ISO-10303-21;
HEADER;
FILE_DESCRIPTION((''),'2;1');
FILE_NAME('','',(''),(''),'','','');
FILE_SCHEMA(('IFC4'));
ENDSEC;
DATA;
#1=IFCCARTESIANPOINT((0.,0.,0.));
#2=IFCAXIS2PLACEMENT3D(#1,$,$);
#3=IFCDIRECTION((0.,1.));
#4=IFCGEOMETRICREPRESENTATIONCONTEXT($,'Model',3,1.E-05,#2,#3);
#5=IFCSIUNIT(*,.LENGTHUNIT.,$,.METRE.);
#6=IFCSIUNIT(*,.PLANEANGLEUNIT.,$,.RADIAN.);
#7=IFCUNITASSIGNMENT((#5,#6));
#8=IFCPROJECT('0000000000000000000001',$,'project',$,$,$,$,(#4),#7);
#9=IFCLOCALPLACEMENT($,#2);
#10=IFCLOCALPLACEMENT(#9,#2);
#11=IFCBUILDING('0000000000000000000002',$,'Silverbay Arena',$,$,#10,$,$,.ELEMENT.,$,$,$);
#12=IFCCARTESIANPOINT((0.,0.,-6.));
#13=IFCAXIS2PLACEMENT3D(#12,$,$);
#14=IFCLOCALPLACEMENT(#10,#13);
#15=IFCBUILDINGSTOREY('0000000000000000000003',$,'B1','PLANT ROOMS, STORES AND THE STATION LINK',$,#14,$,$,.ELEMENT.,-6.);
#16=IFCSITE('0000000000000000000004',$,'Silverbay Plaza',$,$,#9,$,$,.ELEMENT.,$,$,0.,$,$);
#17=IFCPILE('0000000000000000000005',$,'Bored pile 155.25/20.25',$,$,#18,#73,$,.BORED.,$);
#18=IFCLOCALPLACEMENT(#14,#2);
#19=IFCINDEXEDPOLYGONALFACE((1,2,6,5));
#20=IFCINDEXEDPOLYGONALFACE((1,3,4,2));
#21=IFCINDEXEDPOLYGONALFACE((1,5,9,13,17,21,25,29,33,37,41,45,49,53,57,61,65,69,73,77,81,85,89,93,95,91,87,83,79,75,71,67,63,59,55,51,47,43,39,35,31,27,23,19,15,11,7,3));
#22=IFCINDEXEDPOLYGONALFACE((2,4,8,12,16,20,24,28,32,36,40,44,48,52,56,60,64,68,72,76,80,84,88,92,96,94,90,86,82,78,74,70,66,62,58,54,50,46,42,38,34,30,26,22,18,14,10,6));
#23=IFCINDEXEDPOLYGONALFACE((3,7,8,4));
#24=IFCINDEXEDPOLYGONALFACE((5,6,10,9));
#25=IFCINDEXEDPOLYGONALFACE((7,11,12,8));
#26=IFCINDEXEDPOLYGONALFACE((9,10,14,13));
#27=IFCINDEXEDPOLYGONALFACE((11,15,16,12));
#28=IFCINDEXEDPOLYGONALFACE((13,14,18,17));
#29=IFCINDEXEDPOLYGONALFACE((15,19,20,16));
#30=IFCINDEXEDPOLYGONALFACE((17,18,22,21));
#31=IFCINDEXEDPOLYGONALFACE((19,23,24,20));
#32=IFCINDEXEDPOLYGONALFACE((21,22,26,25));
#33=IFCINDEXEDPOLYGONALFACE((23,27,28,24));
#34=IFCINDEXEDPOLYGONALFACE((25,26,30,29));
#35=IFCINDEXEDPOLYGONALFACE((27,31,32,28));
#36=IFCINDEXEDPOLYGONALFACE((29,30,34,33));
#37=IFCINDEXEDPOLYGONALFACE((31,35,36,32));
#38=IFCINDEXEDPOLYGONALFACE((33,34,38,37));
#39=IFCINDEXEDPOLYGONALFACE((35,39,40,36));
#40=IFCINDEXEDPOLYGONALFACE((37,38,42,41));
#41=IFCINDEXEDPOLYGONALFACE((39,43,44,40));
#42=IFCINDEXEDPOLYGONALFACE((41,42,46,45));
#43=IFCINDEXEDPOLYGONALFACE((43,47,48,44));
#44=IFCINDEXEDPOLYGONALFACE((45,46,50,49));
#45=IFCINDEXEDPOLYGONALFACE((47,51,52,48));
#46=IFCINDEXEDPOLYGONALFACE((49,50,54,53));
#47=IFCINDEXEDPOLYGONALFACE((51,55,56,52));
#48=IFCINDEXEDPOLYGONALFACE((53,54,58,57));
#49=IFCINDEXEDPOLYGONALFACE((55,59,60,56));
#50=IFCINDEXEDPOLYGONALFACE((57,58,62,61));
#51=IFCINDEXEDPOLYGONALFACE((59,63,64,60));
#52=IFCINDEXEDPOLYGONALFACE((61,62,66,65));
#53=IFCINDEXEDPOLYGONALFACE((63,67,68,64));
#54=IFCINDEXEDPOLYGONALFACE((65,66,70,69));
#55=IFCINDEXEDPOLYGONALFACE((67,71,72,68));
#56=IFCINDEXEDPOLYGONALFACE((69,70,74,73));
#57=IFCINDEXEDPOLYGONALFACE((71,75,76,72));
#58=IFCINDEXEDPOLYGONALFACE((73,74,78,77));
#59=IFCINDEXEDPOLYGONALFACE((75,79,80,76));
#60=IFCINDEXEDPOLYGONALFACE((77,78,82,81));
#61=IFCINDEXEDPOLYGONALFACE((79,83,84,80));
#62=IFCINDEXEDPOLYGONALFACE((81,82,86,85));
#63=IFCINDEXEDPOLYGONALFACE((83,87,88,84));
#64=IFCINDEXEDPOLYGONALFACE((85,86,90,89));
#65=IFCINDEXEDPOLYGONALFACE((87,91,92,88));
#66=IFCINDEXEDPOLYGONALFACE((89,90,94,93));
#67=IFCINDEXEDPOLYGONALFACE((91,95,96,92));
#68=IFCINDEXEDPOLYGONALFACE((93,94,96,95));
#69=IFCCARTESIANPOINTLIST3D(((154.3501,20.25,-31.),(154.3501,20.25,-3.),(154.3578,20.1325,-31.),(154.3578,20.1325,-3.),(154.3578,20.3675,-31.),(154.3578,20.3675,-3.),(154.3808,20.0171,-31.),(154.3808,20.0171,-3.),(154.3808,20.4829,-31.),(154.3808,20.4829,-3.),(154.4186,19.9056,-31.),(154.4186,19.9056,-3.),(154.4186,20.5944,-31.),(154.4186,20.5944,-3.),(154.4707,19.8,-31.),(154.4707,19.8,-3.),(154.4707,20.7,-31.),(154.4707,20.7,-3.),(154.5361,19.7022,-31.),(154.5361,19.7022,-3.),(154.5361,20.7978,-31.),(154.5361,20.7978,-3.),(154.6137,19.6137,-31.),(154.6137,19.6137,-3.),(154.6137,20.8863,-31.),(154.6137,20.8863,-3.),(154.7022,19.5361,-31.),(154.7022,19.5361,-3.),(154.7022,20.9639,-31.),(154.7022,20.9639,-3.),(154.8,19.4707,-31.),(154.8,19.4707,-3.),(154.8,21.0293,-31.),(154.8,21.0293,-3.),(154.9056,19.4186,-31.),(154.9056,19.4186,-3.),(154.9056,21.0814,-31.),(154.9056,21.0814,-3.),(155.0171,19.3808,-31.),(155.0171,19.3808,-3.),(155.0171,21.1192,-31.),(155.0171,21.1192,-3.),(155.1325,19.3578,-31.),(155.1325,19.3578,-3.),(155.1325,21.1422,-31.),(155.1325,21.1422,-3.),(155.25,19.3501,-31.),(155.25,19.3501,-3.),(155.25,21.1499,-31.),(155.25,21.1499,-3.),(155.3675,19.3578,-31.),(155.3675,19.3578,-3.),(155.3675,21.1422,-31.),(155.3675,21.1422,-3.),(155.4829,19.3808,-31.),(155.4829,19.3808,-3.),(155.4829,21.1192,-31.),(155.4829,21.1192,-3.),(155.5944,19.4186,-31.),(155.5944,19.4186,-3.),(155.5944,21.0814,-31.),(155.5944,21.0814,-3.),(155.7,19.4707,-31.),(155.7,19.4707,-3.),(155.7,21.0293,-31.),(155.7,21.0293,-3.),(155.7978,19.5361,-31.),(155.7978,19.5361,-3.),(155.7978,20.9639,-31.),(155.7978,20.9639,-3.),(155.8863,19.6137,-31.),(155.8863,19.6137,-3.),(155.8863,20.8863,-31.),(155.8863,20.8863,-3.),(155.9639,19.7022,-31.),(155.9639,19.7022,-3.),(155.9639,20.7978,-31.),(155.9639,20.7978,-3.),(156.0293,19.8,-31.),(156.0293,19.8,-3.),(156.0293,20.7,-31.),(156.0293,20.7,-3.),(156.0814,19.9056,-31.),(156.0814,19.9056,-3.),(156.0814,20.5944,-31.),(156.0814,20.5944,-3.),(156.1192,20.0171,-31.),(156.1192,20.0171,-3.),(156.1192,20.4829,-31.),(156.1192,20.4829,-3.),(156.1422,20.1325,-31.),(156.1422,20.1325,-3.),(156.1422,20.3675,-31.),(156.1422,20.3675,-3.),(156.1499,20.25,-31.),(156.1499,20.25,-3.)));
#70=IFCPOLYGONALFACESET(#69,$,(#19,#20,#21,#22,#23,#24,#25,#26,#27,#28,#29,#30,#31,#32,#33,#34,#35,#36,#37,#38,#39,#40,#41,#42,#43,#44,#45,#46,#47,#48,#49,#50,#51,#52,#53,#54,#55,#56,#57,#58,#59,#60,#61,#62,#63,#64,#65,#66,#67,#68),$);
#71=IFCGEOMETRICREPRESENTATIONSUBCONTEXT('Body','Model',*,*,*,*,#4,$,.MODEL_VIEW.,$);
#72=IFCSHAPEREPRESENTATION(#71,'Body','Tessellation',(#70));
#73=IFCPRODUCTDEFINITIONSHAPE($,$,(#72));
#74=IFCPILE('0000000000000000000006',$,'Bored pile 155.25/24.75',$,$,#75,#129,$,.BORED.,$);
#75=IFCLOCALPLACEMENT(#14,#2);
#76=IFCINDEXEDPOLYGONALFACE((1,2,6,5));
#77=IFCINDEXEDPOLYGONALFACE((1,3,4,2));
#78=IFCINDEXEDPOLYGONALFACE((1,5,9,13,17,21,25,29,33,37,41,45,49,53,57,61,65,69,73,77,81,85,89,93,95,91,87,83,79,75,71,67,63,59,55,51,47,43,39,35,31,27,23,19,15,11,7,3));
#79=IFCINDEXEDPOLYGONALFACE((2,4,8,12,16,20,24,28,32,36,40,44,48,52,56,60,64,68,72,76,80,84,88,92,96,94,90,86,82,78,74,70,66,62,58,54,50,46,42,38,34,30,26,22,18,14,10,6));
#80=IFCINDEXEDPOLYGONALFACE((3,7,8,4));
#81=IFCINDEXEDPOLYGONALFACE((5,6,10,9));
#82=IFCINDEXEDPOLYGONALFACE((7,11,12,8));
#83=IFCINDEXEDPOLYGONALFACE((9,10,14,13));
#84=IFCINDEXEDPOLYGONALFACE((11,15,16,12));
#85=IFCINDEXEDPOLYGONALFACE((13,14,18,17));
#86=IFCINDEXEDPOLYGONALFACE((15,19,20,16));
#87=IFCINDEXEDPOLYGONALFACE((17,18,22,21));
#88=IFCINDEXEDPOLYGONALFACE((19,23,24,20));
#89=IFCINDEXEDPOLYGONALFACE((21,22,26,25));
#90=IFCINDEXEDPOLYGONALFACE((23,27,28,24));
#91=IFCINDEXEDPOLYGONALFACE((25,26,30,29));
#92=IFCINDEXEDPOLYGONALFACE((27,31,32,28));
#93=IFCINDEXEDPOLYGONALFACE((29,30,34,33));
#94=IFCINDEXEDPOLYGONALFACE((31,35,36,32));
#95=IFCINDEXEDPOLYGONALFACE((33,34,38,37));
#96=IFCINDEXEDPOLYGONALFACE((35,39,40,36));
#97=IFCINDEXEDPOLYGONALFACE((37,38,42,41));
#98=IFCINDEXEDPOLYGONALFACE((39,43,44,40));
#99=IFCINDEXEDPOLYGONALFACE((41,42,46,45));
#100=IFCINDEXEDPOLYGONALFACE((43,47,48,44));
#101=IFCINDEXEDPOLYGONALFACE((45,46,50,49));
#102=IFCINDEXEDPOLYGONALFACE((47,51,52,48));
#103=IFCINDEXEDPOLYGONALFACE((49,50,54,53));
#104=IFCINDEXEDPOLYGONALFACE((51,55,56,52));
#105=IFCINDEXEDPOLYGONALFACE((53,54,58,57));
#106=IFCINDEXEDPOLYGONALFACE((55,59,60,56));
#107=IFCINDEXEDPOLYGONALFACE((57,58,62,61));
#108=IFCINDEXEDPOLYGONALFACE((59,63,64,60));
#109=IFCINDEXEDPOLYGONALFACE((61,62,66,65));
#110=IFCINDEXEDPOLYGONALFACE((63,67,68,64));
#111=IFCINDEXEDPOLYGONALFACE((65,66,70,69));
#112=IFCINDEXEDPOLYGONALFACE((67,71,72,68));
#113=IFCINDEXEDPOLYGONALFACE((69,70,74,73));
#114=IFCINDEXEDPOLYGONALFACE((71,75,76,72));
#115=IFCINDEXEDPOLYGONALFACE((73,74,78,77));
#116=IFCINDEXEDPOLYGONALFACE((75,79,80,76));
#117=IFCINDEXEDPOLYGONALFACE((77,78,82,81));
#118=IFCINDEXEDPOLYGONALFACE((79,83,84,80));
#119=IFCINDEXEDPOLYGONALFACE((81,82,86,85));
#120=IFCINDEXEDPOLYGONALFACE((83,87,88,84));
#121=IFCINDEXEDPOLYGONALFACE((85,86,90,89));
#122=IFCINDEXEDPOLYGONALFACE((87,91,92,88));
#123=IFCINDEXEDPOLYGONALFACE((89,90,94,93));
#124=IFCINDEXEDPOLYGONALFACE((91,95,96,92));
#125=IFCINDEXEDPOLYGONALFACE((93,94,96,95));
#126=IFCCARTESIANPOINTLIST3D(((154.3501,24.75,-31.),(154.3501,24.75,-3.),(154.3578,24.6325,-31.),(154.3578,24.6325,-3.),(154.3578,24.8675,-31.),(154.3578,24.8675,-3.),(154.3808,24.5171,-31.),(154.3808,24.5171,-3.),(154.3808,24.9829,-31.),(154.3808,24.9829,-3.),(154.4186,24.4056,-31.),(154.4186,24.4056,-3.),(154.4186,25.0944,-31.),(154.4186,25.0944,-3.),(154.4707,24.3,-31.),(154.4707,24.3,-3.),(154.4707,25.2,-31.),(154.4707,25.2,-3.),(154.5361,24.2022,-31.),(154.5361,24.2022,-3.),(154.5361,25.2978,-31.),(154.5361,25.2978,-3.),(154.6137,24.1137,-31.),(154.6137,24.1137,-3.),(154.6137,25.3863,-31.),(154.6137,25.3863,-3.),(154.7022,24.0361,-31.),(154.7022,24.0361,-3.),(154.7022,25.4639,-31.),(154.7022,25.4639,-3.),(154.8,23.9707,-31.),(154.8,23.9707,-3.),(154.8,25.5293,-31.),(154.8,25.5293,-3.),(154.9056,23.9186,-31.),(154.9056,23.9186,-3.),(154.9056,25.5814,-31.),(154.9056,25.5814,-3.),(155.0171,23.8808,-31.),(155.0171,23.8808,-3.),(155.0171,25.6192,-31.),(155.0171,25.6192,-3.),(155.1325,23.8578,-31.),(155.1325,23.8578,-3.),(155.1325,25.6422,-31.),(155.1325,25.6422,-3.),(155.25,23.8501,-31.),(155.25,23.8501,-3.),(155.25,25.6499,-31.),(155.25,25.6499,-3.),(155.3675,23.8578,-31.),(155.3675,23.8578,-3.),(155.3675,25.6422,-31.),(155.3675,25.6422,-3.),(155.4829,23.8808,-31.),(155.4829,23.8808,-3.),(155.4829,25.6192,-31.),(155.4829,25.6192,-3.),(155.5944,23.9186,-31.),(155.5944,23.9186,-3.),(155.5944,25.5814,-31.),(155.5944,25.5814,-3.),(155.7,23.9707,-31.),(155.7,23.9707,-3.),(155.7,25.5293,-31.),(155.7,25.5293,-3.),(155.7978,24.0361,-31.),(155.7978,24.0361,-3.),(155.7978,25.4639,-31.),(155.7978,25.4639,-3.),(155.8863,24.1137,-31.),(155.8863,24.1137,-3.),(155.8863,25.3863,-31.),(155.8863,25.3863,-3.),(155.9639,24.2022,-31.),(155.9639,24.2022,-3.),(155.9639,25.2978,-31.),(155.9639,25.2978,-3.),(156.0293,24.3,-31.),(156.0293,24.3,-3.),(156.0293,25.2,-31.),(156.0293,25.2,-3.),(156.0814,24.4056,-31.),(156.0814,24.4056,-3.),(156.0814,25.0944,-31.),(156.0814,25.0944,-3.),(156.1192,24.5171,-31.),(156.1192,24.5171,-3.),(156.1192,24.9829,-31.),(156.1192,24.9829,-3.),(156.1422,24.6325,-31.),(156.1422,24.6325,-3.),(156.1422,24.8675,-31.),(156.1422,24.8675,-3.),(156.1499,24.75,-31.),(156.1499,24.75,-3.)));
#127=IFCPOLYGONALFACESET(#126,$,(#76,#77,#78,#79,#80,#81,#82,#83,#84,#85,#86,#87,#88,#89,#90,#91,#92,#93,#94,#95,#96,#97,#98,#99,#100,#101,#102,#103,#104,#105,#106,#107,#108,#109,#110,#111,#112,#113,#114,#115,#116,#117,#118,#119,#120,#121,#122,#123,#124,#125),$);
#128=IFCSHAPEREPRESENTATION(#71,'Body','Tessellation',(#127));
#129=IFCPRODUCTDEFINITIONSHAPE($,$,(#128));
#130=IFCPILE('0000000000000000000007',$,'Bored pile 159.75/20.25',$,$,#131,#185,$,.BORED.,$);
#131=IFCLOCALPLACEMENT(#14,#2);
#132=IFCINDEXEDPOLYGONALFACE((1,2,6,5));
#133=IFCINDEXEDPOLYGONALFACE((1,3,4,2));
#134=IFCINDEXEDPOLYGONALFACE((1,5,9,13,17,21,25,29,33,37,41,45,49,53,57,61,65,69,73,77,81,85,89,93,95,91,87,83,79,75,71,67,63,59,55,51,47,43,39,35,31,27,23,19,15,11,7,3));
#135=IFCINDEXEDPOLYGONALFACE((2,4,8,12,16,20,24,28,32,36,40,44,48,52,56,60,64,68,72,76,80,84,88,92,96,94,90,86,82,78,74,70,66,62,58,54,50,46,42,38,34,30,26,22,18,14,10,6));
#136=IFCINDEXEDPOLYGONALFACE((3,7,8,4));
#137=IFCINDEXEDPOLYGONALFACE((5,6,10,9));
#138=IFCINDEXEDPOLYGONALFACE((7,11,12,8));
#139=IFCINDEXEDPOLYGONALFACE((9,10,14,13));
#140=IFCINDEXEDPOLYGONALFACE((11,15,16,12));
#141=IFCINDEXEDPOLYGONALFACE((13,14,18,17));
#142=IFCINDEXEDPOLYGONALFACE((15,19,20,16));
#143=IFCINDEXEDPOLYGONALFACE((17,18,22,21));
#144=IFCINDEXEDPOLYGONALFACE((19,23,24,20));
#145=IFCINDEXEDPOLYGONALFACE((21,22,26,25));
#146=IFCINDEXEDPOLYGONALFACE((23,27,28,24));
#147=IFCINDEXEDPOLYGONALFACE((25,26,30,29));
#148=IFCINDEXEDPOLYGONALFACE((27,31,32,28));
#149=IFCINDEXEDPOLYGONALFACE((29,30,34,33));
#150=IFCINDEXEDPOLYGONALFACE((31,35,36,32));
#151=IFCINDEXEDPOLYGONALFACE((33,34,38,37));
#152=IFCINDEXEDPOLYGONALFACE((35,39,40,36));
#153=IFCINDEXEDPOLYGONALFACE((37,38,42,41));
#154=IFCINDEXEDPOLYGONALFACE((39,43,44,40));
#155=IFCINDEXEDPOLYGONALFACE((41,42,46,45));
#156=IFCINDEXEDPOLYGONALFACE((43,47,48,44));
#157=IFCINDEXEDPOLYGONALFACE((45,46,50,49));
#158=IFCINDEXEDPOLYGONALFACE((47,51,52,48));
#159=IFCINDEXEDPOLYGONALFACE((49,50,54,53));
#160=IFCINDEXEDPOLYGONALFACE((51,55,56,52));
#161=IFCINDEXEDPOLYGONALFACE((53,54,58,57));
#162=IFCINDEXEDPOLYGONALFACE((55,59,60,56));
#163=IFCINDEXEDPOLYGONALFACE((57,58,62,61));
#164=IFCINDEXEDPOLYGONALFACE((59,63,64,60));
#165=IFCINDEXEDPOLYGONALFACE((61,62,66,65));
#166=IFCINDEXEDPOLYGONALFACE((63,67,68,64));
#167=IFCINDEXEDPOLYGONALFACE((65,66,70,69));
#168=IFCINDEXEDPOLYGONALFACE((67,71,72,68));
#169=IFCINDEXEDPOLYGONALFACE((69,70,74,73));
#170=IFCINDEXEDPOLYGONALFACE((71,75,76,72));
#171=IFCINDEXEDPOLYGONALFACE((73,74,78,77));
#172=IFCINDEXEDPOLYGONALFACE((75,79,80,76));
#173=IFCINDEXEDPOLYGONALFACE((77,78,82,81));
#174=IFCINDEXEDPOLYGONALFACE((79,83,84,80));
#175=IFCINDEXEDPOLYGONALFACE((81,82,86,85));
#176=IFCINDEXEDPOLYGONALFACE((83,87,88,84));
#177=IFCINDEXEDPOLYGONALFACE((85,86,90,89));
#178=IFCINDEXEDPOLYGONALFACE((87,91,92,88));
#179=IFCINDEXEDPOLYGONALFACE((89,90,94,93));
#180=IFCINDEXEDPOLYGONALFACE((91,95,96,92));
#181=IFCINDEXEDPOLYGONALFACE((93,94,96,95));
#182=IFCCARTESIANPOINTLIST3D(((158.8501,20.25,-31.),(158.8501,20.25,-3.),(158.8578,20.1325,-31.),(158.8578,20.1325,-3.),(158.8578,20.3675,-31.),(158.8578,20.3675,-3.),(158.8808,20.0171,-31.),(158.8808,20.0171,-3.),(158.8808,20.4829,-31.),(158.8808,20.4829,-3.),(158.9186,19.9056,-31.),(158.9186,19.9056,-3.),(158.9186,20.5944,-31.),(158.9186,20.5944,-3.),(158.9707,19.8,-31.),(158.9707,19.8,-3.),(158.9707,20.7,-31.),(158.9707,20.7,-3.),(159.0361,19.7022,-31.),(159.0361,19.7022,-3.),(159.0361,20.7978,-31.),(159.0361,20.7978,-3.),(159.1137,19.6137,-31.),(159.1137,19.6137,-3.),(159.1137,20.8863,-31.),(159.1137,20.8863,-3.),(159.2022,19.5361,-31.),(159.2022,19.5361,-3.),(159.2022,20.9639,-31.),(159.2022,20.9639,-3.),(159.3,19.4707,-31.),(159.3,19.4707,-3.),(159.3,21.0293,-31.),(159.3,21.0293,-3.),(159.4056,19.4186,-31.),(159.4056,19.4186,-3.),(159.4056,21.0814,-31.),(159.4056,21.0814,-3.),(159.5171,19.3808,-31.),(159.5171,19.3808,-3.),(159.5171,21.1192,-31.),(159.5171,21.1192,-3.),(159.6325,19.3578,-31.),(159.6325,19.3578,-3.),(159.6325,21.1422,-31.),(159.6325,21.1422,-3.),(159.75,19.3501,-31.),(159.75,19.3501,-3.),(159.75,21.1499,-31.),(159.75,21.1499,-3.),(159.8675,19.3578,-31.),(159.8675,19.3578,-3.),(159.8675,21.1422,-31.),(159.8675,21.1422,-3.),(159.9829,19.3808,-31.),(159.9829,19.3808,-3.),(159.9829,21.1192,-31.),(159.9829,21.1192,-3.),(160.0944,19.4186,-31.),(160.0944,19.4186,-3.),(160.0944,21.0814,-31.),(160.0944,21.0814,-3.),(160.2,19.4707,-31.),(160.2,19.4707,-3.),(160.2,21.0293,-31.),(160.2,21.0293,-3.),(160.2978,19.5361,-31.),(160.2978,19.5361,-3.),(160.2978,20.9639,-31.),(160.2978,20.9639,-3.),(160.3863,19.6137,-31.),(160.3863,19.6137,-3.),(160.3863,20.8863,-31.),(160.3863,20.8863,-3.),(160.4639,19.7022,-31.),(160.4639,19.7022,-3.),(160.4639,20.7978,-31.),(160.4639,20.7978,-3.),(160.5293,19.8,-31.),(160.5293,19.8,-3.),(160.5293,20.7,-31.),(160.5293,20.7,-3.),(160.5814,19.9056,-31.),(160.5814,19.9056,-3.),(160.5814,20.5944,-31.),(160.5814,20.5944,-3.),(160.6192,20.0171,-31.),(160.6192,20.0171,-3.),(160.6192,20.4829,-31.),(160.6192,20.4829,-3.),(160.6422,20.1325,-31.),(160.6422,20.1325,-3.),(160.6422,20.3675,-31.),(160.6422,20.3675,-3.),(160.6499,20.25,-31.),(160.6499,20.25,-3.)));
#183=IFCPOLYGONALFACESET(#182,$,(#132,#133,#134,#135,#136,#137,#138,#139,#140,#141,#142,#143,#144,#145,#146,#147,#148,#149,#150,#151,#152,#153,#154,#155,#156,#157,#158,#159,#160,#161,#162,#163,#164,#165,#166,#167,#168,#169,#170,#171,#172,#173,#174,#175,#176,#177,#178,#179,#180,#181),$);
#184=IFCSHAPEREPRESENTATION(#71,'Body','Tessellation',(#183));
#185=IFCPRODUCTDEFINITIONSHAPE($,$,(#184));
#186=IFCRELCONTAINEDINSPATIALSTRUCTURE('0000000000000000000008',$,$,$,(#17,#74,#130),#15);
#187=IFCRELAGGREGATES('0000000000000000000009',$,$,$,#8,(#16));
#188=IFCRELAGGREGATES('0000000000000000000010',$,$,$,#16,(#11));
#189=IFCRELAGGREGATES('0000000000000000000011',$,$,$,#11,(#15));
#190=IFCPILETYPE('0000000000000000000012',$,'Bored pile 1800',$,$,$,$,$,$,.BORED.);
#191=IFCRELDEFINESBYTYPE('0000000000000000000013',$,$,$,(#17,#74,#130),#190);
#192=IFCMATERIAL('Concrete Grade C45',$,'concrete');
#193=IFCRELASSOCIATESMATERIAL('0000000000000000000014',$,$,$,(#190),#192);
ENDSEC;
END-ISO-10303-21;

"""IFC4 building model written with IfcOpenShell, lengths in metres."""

from ifc_helpers import new_model, si_unit, direction, frame, origin, origin_2d, place, context, subcontext, project, spatial, circle, extrude, material, material_profile, profile_set, type_object, element, save


model = new_model("IFC4")

# Units and contexts
model_context = context("Model", 3, precision=1e-05, world=origin(), true_north=direction((0.0, 1.0)))
body_context = subcontext(model_context, "Body", "Model", "MODEL_VIEW")
ifc_project = project(units=[si_unit("LENGTHUNIT", "METRE"), si_unit("PLANEANGLEUNIT", "RADIAN")], contexts=[model_context])

# Site, building, storey
site_placement = place(None, origin())
site = spatial("IfcSite", under=ifc_project, at=site_placement, Name="Silverbay Plaza", CompositionType="ELEMENT", RefElevation=0.0)
building_placement = place(site_placement, origin())
building = spatial("IfcBuilding", under=site, at=building_placement, Name="Silverbay Arena", CompositionType="ELEMENT")
storey_placement = place(building_placement, frame((0.0, 0.0, -6.0)))
storey = spatial("IfcBuildingStorey", under=building, at=storey_placement, Name="B1", Description="PLANT ROOMS, STORES AND THE STATION LINK", CompositionType="ELEMENT", Elevation=-6.0)

# Piles
ifc_material_1 = material(Name="Concrete Grade C45", Category="concrete")
ifc_material_profile_1 = material_profile(ifc_material_1, circle(Radius=0.8999, at=origin_2d()), Name="Bored pile 1800")
ifc_profile_set_1 = profile_set([ifc_material_profile_1], Name="Concrete Grade C45")
pile_type_1 = type_object("IfcPileType", Name="Bored pile 1800", PredefinedType="BORED", material=ifc_profile_set_1)
for number, where, z_axis, x_axis, name in (
    (1, (155.25, 20.25, -3.0), (0.0, 0.0, -1.0), (1.0, 0.0, 0.0), "Bored pile 155.25/20.25"),
    (2, (155.25, 24.75, -3.0), (0.0, 0.0, -1.0), (1.0, 0.0, 0.0), "Bored pile 155.25/24.75"),
    (3, (159.75, 20.25, -3.0), (0.0, 0.0, -1.0), (1.0, 0.0, 0.0), "Bored pile 159.75/20.25"),
):
    element("IfcPile", number, at=place(storey_placement, frame(where, z_axis=z_axis, x_axis=x_axis)), inside=storey, type_object=pile_type_1, Name=name, PredefinedType="BORED", context=body_context, shape_type="SweptSolid", body=[
        extrude(circle(Radius=0.8999, at=origin_2d()), origin(), (0.0, 0.0, 1.0), 28.0),
    ])

save(model, "model.ifc")
